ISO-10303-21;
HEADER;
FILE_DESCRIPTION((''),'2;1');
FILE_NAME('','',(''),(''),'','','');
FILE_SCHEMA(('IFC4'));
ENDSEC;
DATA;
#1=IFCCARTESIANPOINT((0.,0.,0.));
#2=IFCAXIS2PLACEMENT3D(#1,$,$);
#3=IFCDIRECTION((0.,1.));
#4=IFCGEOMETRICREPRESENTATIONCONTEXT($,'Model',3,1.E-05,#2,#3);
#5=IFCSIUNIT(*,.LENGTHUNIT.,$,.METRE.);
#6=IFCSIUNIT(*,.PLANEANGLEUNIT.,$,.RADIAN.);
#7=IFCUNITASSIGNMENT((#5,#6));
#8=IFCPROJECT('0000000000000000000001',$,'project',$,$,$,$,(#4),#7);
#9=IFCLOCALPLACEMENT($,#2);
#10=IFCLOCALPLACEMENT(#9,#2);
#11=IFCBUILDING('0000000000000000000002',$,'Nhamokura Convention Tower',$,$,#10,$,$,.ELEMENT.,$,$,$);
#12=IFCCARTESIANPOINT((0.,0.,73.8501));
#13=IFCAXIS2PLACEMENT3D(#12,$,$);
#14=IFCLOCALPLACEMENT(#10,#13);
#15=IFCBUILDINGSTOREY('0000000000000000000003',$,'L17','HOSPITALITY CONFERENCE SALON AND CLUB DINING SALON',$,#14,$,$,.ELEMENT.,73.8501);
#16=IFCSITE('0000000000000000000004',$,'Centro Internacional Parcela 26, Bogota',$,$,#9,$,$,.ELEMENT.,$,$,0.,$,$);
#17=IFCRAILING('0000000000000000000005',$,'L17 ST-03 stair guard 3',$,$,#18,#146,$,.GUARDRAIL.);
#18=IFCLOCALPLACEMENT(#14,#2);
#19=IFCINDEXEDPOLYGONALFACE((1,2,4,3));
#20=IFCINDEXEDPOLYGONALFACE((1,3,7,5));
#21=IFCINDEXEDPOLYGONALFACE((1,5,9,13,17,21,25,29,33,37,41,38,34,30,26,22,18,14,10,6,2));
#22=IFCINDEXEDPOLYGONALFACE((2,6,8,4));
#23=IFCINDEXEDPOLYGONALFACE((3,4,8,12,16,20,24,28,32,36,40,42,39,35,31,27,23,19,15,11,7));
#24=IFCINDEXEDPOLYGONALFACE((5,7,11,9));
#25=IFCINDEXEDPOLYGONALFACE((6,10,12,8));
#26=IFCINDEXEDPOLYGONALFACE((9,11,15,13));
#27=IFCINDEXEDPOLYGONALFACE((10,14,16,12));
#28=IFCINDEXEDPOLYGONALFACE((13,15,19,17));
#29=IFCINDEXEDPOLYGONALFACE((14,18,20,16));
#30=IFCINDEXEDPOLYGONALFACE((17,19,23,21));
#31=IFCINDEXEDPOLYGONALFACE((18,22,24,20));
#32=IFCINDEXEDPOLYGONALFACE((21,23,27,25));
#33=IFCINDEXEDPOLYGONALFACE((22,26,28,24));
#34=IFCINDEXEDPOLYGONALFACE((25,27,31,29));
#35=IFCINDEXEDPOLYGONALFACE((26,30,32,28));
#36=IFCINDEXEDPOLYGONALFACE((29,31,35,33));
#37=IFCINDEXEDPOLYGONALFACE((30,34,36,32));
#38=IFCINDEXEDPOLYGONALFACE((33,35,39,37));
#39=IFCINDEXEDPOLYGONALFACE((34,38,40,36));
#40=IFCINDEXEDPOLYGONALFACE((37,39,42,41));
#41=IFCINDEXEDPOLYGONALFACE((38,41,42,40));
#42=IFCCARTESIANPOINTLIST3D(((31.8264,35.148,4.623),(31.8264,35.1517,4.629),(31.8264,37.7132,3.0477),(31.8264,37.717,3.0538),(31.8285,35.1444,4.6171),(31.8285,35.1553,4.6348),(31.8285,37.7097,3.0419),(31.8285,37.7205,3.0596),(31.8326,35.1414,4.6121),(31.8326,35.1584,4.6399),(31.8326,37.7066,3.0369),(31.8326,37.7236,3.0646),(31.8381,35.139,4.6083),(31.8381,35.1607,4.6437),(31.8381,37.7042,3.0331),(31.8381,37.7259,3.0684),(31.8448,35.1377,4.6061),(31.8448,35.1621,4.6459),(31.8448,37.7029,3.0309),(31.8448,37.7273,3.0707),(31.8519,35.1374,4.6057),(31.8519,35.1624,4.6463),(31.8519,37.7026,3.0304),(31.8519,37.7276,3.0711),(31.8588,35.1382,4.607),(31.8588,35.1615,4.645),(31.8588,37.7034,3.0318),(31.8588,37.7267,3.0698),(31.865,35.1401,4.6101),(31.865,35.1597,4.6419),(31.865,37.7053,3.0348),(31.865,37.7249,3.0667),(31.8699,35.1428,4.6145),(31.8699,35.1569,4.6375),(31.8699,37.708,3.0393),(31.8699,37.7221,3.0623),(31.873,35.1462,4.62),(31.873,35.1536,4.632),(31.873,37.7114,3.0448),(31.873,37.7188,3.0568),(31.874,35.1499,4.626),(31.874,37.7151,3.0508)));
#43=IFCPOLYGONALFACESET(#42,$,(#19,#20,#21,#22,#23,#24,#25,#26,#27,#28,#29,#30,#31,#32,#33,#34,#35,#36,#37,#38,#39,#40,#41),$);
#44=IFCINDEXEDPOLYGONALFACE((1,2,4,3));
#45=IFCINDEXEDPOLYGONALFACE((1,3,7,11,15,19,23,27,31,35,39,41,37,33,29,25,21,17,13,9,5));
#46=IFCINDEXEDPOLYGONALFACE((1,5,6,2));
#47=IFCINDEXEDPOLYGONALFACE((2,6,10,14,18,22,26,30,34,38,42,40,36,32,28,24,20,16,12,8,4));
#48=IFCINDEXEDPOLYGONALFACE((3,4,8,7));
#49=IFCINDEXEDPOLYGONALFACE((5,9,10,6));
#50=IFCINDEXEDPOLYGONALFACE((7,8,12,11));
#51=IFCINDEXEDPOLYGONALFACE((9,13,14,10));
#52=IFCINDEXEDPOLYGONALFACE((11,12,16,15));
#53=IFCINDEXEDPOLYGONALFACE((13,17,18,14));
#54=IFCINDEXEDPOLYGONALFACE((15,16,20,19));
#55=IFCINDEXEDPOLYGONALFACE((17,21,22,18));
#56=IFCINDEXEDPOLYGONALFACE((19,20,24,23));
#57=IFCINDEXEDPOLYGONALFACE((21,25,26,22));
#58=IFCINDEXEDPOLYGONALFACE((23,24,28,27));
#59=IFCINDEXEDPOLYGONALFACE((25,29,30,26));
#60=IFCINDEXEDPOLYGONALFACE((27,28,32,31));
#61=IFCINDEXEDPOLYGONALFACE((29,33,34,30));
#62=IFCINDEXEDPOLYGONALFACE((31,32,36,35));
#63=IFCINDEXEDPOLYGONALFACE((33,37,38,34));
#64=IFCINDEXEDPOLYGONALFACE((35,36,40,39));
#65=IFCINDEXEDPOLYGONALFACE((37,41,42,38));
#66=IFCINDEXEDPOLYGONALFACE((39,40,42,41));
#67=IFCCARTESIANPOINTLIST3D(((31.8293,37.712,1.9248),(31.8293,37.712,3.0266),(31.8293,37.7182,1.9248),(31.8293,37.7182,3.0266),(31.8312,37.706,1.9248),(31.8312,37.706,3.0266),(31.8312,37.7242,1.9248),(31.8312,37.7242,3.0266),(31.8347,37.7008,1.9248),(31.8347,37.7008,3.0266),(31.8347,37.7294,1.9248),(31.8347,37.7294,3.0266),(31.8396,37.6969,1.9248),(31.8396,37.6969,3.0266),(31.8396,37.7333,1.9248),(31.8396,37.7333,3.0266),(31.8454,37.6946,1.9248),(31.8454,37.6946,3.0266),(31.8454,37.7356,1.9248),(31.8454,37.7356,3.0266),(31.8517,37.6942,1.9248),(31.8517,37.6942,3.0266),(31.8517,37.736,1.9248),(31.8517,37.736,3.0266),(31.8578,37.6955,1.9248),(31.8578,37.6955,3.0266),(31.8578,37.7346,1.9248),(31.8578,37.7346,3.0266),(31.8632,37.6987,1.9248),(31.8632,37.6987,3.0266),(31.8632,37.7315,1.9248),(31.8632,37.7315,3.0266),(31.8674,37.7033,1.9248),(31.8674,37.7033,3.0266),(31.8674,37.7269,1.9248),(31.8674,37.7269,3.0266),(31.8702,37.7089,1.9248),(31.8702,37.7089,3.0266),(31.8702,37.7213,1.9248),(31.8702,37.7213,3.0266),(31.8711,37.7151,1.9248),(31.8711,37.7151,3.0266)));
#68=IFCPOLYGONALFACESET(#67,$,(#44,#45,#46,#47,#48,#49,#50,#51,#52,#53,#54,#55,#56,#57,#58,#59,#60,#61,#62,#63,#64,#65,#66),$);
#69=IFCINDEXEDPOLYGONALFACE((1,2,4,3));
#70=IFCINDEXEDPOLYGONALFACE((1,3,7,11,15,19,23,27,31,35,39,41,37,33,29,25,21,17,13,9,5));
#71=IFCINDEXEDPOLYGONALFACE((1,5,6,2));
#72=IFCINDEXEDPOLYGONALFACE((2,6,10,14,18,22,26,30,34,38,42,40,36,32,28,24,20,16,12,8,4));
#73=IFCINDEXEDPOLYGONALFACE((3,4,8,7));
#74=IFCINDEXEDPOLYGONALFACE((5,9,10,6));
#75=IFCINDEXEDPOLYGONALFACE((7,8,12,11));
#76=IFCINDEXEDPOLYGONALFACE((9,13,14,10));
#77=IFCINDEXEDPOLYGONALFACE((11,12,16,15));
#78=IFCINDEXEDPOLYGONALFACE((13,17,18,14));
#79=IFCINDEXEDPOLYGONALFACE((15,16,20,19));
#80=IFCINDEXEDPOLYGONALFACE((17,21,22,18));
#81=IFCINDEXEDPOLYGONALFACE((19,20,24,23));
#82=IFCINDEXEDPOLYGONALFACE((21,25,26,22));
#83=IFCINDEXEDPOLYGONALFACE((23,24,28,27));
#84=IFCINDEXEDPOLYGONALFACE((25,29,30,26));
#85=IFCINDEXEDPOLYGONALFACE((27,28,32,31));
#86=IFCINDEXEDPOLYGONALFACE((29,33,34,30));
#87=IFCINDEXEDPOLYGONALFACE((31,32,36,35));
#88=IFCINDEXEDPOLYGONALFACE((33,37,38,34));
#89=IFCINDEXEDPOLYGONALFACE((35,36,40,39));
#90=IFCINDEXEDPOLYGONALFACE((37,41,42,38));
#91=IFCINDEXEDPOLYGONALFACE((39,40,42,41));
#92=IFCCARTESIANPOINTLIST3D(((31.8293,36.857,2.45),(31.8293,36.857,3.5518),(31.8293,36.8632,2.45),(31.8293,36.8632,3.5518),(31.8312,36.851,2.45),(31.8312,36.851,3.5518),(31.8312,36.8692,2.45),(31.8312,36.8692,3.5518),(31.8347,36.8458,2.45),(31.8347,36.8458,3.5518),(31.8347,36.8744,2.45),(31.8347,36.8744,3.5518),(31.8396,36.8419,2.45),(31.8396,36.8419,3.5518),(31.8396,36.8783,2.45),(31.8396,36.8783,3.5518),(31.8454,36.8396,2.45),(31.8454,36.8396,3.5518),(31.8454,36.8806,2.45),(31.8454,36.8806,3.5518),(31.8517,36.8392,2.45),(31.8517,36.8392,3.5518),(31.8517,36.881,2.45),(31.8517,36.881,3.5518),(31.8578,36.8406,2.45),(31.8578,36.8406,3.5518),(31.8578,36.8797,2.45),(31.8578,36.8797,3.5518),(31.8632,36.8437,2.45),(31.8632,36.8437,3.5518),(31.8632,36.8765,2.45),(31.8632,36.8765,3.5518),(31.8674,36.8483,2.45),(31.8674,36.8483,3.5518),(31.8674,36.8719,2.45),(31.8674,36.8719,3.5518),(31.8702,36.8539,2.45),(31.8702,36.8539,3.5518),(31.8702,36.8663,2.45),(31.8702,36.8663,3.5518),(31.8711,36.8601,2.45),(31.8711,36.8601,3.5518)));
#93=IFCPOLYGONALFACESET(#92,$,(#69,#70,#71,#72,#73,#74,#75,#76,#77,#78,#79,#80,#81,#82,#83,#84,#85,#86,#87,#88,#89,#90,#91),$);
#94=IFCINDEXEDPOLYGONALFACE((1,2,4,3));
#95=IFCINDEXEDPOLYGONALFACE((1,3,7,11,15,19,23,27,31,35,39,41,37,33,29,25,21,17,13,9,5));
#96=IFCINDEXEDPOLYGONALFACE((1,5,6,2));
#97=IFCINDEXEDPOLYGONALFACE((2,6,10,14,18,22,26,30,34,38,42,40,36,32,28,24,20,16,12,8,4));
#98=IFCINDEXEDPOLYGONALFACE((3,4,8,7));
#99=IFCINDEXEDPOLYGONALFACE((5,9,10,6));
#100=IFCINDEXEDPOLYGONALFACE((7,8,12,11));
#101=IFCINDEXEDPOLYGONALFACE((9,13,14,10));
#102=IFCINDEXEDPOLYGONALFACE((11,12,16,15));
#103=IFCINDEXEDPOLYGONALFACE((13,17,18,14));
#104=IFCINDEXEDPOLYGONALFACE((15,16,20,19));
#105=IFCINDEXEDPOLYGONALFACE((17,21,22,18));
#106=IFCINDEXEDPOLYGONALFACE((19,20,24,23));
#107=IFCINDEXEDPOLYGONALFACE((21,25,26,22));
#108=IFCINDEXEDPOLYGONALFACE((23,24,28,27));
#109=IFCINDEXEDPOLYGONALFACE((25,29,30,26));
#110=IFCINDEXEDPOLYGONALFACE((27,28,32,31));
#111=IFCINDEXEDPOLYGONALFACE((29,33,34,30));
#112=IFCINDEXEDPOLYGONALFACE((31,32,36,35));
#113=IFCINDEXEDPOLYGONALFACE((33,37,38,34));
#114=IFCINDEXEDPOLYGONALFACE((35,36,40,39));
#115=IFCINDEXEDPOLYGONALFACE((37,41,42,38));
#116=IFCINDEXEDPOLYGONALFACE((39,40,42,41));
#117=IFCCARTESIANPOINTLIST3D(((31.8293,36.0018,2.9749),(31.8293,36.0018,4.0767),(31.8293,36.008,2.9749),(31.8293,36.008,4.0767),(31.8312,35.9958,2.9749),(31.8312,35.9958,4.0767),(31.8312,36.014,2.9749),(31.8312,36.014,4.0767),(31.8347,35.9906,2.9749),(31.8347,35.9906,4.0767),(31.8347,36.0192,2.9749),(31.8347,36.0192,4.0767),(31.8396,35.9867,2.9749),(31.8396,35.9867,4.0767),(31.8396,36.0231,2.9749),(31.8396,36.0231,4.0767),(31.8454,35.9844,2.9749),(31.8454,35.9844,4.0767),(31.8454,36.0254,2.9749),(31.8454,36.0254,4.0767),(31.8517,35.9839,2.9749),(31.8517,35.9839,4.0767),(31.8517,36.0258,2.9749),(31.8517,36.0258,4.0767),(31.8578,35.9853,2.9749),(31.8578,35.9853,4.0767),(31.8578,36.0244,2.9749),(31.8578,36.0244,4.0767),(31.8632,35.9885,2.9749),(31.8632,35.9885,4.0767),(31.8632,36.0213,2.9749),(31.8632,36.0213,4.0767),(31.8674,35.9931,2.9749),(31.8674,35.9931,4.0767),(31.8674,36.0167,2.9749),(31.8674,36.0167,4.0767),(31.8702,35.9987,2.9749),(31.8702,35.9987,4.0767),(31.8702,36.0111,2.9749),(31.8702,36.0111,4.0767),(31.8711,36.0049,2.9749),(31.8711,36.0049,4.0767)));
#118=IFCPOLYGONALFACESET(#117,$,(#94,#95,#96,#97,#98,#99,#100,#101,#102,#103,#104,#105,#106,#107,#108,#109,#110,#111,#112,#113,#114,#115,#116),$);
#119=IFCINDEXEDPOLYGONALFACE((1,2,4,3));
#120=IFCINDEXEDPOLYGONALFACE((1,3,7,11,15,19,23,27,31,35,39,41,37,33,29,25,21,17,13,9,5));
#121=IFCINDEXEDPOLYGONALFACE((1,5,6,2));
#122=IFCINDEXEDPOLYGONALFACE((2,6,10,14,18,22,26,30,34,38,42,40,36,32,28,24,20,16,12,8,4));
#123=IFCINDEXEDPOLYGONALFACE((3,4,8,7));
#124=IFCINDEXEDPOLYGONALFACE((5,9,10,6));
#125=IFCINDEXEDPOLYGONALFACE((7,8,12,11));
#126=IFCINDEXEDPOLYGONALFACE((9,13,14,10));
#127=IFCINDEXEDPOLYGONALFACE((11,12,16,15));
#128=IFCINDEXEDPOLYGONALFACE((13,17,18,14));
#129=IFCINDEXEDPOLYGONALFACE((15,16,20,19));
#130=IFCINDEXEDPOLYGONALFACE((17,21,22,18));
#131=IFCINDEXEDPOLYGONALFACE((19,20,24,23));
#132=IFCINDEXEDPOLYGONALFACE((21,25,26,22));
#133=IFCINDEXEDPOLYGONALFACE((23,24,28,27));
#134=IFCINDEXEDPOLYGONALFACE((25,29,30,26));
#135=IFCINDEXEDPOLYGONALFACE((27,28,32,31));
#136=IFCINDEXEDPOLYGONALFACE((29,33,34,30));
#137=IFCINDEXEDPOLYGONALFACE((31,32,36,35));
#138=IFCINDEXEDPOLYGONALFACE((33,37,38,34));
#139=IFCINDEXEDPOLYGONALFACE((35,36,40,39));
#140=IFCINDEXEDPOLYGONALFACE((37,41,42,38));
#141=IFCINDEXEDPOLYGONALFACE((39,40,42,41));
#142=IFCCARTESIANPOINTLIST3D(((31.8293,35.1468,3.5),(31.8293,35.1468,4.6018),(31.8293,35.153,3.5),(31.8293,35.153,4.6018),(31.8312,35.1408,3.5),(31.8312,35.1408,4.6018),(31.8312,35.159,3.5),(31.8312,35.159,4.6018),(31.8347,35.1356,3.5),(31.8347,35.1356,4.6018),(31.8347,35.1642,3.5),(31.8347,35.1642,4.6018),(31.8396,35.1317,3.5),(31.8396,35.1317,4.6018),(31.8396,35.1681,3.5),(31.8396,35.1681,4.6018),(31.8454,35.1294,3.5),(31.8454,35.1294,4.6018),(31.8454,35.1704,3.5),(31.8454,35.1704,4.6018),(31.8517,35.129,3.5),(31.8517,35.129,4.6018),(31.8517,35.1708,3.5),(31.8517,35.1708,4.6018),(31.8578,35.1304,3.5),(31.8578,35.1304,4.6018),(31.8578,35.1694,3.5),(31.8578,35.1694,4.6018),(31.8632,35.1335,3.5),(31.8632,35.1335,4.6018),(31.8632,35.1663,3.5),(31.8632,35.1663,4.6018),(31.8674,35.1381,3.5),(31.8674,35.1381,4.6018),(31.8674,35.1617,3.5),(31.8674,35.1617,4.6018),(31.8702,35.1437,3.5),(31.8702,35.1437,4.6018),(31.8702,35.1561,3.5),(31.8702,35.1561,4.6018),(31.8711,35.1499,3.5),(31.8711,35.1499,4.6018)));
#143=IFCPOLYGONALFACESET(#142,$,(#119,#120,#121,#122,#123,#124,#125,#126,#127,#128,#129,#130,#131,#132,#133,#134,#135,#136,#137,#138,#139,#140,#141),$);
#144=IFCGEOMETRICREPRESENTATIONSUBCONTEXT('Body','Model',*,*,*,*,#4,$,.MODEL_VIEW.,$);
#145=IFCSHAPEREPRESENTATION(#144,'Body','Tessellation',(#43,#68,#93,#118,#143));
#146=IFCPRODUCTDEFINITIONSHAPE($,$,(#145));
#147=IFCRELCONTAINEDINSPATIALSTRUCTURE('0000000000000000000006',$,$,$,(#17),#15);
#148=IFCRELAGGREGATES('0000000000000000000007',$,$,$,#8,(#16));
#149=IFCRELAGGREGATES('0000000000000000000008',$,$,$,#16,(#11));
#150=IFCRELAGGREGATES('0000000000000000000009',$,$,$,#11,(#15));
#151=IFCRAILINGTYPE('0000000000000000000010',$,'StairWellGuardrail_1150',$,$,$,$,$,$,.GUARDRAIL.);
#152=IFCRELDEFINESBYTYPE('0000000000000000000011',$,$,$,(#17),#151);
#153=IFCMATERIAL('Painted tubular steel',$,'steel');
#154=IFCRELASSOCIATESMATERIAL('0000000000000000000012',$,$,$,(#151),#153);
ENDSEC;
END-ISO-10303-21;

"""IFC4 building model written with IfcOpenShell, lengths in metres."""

from ifc_helpers import new_model, si_unit, direction, frame, origin, origin_2d, place, context, subcontext, project, spatial, circle, extrude, material, type_object, element, save


model = new_model("IFC4")

# Units and contexts
model_context = context("Model", 3, precision=1e-05, world=origin(), true_north=direction((0.0, 1.0)))
body_context = subcontext(model_context, "Body", "Model", "MODEL_VIEW")
ifc_project = project(units=[si_unit("LENGTHUNIT", "METRE"), si_unit("PLANEANGLEUNIT", "RADIAN")], contexts=[model_context])

# Site, building, storey
site_placement = place(None, origin())
site = spatial("IfcSite", under=ifc_project, at=site_placement, Name="Centro Internacional Parcela 26, Bogota", CompositionType="ELEMENT", RefElevation=0.0)
building_placement = place(site_placement, origin())
building = spatial("IfcBuilding", under=site, at=building_placement, Name="Nhamokura Convention Tower", CompositionType="ELEMENT")
storey_placement = place(building_placement, frame((0.0, 0.0, 73.8501)))
storey = spatial("IfcBuildingStorey", under=building, at=storey_placement, Name="L17", Description="HOSPITALITY CONFERENCE SALON AND CLUB DINING SALON", CompositionType="ELEMENT", Elevation=73.8501)

# Railing
ifc_material_1 = material(Name="Painted tubular steel", Category="steel")
railing_type_1 = type_object("IfcRailingType", Name="StairWellGuardrail_1150", PredefinedType="GUARDRAIL", material=ifc_material_1)
railing_1_placement = place(storey_placement, frame((31.8501, 37.7151, 1.9248)))
element("IfcRailing", 1, at=railing_1_placement, inside=storey, type_object=railing_type_1, Name="L17 ST-03 stair guard 3", PredefinedType="GUARDRAIL", context=body_context, shape_type="SweptSolid", body=[
    extrude(circle(Radius=0.0239, at=origin_2d()), frame((0.0, 0.0, 1.126), z_axis=(0.0, -0.852159, 0.523283), x_axis=(1.0, 0.0, 0.0)), (0.0, 0.0, 1.0), 3.0103),
    extrude(circle(Radius=0.021, at=origin_2d()), origin(), (0.0, 0.0, 1.0), 1.1018),
    extrude(circle(Radius=0.021, at=origin_2d()), frame((0.0, -0.855, 0.5251)), (0.0, 0.0, 1.0), 1.1018),
    extrude(circle(Radius=0.021, at=origin_2d()), frame((0.0, -1.7102, 1.05)), (0.0, 0.0, 1.0), 1.1018),
    extrude(circle(Radius=0.021, at=origin_2d()), frame((0.0, -2.5652, 1.5752)), (0.0, 0.0, 1.0), 1.1018),
])

save(model, "model.ifc")
